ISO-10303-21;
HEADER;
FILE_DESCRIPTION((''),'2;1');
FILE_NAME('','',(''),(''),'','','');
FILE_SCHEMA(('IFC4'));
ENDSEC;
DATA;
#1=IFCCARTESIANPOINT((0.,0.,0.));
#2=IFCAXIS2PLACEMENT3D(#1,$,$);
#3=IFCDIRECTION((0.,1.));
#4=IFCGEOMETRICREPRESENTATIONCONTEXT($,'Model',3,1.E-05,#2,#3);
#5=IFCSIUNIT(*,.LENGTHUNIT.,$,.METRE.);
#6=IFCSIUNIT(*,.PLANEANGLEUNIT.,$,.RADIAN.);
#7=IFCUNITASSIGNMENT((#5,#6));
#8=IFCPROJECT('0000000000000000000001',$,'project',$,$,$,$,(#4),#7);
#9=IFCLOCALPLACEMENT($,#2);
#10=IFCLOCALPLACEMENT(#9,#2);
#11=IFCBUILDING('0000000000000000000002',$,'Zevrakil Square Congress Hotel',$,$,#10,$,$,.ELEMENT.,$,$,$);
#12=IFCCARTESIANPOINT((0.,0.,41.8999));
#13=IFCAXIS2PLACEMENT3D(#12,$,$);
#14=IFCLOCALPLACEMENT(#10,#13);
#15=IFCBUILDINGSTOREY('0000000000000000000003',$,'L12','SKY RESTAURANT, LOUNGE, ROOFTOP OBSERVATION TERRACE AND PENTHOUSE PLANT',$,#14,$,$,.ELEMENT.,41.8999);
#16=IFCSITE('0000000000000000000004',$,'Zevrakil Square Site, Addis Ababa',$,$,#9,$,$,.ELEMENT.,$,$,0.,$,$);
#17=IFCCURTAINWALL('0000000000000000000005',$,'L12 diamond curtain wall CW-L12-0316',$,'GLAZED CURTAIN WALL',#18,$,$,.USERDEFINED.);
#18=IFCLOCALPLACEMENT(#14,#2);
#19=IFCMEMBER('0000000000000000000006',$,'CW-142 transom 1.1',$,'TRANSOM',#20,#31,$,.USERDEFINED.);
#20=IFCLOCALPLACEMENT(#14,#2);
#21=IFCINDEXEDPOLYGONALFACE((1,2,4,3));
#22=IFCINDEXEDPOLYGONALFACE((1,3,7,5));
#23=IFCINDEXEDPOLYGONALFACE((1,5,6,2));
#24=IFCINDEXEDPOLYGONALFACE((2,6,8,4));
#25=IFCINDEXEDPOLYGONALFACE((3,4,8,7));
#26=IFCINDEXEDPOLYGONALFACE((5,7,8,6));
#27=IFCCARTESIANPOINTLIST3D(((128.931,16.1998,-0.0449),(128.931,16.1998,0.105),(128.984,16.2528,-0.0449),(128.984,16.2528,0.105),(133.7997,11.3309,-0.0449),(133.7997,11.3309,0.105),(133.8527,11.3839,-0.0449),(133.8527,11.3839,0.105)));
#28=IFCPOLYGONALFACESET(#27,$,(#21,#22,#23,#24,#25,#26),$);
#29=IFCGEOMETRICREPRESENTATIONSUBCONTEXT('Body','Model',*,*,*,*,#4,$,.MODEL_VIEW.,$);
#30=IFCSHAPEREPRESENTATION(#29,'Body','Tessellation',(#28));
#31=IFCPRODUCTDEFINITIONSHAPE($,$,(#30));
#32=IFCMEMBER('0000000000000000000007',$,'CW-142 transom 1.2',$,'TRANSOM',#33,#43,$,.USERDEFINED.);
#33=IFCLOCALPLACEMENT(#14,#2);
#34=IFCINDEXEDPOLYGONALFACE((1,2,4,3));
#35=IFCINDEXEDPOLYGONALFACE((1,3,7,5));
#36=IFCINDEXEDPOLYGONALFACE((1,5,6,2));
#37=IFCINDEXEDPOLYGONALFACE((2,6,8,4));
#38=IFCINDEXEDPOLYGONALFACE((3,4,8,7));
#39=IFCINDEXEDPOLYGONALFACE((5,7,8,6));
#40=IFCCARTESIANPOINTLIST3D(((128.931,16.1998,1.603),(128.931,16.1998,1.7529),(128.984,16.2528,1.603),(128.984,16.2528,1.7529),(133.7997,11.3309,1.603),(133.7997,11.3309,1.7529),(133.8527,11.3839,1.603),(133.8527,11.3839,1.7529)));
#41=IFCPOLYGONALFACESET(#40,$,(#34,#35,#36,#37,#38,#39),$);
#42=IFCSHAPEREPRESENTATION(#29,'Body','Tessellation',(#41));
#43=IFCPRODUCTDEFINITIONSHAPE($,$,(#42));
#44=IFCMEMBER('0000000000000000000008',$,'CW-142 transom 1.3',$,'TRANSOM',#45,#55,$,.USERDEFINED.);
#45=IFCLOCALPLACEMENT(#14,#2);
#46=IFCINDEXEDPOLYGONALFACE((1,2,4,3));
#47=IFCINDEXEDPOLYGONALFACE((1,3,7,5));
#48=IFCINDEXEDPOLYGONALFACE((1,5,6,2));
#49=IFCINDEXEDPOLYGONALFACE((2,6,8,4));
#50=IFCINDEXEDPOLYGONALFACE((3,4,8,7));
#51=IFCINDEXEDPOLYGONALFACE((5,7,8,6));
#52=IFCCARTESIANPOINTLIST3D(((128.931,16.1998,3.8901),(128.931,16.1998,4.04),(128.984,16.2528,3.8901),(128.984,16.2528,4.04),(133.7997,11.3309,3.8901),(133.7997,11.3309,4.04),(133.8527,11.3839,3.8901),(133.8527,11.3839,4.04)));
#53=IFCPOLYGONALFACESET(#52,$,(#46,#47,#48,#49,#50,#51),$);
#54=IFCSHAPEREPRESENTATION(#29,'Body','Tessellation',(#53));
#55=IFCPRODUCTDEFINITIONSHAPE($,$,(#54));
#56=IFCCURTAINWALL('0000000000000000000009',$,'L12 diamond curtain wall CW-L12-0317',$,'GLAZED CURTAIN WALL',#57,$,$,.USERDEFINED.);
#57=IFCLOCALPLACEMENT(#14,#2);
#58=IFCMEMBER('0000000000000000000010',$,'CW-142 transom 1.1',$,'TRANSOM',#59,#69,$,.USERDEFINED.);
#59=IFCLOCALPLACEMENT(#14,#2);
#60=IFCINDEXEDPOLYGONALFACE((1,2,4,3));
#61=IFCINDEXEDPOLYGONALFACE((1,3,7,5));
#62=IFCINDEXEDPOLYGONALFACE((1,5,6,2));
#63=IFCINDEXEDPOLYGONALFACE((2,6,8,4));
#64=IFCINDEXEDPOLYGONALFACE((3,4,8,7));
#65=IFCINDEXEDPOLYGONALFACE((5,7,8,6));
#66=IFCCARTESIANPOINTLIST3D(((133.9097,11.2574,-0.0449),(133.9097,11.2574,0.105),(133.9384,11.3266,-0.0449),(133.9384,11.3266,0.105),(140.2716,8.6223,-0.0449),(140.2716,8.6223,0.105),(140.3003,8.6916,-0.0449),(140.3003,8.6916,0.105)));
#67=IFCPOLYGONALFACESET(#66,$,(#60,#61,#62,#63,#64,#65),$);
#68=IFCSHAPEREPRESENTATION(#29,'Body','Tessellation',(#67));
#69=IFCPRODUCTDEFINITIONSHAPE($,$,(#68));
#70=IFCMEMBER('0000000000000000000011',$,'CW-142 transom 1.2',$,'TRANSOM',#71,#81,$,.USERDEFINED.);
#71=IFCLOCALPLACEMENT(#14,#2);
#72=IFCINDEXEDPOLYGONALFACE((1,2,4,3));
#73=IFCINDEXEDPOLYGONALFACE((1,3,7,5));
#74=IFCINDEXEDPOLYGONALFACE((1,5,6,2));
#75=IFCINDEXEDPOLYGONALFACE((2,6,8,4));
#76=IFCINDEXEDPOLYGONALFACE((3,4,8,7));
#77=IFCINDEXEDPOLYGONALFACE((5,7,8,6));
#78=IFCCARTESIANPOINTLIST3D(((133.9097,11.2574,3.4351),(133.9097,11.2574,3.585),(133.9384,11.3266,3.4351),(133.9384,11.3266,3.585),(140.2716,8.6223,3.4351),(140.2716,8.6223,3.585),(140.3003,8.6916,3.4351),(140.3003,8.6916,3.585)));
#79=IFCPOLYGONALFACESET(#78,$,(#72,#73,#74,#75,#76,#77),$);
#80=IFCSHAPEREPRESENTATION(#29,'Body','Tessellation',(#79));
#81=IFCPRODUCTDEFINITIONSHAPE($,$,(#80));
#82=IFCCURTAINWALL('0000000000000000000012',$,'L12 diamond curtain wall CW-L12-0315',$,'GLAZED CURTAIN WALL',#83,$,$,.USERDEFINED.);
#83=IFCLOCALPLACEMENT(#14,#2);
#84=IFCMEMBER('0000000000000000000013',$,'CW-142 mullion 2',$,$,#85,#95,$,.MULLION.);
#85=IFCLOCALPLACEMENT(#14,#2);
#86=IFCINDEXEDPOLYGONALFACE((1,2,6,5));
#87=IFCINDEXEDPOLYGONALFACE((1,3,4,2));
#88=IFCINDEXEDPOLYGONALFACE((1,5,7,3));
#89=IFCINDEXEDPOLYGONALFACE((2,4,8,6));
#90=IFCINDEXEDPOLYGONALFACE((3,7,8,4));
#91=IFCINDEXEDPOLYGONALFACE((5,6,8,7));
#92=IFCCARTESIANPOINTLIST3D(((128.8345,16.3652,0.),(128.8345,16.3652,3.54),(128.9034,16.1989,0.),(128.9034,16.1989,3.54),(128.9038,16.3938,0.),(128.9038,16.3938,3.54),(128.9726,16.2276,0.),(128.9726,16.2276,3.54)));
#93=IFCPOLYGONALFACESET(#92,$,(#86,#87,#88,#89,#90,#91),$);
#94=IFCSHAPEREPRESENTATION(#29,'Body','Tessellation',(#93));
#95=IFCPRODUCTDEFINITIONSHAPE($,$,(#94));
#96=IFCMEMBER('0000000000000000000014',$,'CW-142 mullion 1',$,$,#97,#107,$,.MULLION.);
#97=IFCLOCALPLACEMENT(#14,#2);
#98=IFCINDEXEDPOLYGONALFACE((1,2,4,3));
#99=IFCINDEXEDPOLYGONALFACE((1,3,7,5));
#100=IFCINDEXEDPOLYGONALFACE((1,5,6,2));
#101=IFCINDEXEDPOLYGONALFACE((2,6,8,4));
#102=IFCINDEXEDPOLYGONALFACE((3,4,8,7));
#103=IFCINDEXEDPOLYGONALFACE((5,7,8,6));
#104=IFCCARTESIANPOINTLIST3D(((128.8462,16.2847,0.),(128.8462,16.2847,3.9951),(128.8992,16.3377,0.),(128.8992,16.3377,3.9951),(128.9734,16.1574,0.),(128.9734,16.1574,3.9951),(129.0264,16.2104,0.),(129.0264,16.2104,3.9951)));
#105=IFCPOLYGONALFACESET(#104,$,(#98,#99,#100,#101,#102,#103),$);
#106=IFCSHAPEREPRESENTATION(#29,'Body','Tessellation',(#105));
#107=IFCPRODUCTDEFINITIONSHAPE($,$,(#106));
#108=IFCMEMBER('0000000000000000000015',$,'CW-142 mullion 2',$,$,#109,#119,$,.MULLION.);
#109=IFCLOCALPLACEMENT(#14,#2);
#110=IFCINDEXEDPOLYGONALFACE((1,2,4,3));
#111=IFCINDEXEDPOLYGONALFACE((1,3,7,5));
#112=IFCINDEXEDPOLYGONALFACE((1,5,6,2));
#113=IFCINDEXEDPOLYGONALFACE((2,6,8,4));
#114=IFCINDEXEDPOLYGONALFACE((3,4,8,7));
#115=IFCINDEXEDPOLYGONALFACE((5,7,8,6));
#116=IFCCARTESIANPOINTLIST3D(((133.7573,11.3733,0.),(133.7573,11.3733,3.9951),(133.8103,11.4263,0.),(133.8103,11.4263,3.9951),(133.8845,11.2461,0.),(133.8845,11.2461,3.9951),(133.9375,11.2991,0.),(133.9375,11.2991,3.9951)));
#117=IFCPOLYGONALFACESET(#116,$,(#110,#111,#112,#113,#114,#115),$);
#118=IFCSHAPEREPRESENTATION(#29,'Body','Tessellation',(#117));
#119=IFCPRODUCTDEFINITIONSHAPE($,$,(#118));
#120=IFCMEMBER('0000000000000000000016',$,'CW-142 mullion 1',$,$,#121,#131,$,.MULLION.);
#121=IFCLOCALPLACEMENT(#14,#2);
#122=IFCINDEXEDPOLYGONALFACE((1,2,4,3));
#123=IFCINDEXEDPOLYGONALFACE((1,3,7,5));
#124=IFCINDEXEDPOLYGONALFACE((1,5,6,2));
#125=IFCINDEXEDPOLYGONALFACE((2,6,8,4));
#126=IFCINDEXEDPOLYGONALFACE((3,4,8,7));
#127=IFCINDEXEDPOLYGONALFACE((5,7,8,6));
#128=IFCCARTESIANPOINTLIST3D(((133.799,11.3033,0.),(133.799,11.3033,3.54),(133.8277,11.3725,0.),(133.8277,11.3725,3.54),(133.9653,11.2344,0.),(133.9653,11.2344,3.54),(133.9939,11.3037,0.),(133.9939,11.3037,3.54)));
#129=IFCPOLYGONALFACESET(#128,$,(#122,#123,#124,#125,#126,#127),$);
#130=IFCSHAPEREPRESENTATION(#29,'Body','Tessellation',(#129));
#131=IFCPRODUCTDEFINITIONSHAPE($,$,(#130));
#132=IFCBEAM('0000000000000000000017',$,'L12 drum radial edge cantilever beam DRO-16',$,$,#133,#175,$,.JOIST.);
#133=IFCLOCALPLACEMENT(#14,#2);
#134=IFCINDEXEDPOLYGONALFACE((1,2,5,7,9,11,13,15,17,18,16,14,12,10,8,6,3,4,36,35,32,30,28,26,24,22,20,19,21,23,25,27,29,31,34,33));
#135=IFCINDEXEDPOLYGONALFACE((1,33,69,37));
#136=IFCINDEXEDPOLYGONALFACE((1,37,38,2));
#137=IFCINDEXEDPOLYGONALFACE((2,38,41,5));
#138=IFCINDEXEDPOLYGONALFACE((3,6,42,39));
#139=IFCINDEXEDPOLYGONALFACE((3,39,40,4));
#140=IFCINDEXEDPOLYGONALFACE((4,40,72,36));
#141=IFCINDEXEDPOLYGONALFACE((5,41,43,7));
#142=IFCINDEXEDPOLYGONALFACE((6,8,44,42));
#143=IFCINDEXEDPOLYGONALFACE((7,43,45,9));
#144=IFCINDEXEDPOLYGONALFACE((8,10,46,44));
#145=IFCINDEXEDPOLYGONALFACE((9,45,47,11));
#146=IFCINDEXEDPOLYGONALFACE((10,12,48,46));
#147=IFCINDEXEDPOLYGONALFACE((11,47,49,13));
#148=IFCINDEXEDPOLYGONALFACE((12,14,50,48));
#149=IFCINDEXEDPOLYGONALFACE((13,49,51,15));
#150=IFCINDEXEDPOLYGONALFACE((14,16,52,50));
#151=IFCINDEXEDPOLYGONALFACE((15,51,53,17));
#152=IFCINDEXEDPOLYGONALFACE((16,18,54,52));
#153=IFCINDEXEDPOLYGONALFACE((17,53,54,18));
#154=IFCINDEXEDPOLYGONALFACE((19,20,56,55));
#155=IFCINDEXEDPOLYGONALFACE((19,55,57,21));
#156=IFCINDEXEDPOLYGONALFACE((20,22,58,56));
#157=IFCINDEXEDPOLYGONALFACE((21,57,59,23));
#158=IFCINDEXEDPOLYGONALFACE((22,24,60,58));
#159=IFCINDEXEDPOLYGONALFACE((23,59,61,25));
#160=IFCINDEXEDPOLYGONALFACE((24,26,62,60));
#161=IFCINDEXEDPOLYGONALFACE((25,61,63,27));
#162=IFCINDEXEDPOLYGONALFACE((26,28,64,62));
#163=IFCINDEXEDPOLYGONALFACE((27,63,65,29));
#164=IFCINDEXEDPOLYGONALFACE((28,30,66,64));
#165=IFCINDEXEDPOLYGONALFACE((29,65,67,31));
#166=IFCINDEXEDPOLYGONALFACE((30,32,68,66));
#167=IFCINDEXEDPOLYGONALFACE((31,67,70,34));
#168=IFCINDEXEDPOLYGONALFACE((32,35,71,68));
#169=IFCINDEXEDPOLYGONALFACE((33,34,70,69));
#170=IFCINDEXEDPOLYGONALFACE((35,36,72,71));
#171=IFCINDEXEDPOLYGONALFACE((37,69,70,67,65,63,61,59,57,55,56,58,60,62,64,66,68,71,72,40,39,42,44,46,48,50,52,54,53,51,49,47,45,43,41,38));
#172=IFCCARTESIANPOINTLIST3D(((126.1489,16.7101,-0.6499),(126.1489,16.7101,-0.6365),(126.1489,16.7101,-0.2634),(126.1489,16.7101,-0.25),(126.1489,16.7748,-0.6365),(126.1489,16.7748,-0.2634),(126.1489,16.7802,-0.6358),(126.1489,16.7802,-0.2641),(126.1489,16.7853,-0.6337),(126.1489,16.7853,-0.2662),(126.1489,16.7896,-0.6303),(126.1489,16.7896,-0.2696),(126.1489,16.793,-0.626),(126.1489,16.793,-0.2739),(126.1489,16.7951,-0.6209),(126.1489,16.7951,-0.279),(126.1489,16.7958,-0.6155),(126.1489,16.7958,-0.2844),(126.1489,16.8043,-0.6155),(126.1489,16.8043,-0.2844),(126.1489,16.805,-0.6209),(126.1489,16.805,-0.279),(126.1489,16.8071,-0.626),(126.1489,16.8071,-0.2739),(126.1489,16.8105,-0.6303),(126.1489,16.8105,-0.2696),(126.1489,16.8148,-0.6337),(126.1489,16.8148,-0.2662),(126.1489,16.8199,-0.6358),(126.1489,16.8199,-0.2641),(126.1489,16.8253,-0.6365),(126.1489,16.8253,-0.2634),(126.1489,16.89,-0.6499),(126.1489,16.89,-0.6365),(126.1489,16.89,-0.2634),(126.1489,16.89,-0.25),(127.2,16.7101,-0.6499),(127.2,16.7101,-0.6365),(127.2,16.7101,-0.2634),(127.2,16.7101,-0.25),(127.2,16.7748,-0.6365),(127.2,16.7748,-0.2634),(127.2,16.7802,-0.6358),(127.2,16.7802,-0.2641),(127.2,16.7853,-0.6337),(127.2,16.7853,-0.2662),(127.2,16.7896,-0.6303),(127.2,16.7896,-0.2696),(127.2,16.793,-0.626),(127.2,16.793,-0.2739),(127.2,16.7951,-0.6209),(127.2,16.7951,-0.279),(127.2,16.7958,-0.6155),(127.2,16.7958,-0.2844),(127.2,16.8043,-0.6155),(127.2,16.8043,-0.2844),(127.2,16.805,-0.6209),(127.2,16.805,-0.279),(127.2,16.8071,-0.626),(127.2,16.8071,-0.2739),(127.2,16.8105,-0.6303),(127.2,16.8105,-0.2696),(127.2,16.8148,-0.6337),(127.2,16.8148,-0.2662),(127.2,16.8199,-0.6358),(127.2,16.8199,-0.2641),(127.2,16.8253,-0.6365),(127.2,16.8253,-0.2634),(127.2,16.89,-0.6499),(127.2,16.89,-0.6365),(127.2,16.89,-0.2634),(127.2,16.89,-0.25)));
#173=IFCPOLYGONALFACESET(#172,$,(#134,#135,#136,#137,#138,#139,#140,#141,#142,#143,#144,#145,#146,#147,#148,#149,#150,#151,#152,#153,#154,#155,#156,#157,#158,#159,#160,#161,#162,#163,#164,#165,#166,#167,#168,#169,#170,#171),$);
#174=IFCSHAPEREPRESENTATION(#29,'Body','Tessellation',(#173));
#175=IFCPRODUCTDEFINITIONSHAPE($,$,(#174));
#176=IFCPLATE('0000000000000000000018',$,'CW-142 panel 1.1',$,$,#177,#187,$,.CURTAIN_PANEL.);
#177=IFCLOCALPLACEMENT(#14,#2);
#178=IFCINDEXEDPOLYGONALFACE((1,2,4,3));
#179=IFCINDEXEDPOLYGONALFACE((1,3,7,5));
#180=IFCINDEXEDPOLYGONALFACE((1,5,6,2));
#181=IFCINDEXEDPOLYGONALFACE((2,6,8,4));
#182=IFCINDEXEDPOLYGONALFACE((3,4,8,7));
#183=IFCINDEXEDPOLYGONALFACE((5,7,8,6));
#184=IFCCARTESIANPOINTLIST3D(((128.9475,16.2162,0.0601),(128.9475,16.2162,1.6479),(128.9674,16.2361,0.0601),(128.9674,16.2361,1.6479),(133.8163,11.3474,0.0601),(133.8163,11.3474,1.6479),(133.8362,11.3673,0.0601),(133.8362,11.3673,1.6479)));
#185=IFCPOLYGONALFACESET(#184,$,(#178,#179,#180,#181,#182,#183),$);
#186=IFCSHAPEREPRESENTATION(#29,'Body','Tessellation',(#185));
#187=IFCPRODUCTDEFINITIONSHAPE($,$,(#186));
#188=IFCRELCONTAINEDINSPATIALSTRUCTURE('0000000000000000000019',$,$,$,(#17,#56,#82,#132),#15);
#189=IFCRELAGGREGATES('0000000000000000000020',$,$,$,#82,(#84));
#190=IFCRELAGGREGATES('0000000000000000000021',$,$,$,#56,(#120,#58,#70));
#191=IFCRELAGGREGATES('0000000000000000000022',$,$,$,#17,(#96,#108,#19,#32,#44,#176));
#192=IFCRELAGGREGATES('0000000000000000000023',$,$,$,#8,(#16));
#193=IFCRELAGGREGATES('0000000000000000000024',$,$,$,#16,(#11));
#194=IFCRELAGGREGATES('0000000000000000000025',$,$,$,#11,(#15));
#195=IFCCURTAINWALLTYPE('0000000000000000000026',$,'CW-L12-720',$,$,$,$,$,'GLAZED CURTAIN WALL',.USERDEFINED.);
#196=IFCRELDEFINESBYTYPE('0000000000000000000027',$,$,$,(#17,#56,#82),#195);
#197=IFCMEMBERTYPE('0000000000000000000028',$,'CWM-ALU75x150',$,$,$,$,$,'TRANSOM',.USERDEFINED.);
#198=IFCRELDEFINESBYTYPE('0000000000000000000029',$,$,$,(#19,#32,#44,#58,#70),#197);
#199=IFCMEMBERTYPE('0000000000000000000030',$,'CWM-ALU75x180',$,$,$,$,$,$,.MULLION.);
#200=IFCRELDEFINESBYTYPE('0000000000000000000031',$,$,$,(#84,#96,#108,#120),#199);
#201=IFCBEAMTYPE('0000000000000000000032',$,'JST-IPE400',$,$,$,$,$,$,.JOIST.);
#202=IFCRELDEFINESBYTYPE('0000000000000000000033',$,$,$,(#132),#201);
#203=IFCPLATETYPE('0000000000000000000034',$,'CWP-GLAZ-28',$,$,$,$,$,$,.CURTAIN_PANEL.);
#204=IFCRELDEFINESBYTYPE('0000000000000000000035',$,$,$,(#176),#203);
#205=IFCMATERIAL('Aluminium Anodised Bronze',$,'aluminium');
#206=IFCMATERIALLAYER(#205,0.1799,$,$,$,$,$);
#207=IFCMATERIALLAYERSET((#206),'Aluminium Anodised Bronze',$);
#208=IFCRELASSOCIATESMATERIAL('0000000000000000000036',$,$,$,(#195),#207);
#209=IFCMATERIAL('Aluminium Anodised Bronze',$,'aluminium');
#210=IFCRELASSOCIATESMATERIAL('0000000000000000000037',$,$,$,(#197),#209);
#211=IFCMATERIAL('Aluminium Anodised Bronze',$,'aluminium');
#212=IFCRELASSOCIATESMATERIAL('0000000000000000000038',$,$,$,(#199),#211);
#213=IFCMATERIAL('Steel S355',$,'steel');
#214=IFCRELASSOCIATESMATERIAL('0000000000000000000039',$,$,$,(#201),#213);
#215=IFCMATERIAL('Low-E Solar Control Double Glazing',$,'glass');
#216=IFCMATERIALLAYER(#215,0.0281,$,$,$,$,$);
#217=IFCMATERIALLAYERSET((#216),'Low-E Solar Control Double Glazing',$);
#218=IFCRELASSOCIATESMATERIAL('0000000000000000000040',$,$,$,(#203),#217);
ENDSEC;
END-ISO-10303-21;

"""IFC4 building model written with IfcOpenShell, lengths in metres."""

from ifc_helpers import new_model, si_unit, direction, frame, origin, origin_2d, place, context, subcontext, project, spatial, rectangle, i_section, extrude, material, layer, layer_set, material_profile, profile_set, type_object, element, aggregate, save


model = new_model("IFC4")

# Units and contexts
model_context = context("Model", 3, precision=1e-05, world=origin(), true_north=direction((0.0, 1.0)))
body_context = subcontext(model_context, "Body", "Model", "MODEL_VIEW")
ifc_project = project(units=[si_unit("LENGTHUNIT", "METRE"), si_unit("PLANEANGLEUNIT", "RADIAN")], contexts=[model_context])

# Site, building, storey
site_placement = place(None, origin())
site = spatial("IfcSite", under=ifc_project, at=site_placement, Name="Zevrakil Square Site, Addis Ababa", CompositionType="ELEMENT", RefElevation=0.0)
building_placement = place(site_placement, origin())
building = spatial("IfcBuilding", under=site, at=building_placement, Name="Zevrakil Square Congress Hotel", CompositionType="ELEMENT")
storey_placement = place(building_placement, frame((0.0, 0.0, 41.8999)))
storey = spatial("IfcBuildingStorey", under=building, at=storey_placement, Name="L12", Description="SKY RESTAURANT, LOUNGE, ROOFTOP OBSERVATION TERRACE AND PENTHOUSE PLANT", CompositionType="ELEMENT", Elevation=41.8999)

# Curtain walls, members
ifc_material_1 = material(Name="Aluminium Anodised Bronze", Category="aluminium")
ifc_layer_1 = layer(ifc_material_1, 0.1799)
ifc_layer_set_1 = layer_set([ifc_layer_1], Name="Aluminium Anodised Bronze")
curtain_wall_type = type_object("IfcCurtainWallType", Name="CW-L12-720", ElementType="GLAZED CURTAIN WALL", PredefinedType="USERDEFINED", material=ifc_layer_set_1)
curtain_wall_1_placement = place(storey_placement, origin())
curtain_wall_1 = element("IfcCurtainWall", 1, at=curtain_wall_1_placement, inside=storey, type_object=curtain_wall_type, Name="L12 diamond curtain wall CW-L12-0316", ObjectType="GLAZED CURTAIN WALL", PredefinedType="USERDEFINED")
ifc_material_2 = material(Name="Aluminium Anodised Bronze", Category="aluminium")
ifc_material_profile_1 = material_profile(ifc_material_2, rectangle(XDim=0.075, YDim=0.1499, at=origin_2d()), Name="ALU 75x150")
ifc_profile_set_1 = profile_set([ifc_material_profile_1], Name="Aluminium Anodised Bronze")
member_type_1 = type_object("IfcMemberType", Name="CWM-ALU75x150", ElementType="TRANSOM", PredefinedType="USERDEFINED", material=ifc_profile_set_1)
member_1_placement = place(storey_placement, frame((128.9575, 16.2263, 0.03), z_axis=(0.707089, -0.707125, 0.0), x_axis=(0.707125, 0.707089, 0.0)))
member_1 = element("IfcMember", 2, at=member_1_placement, type_object=member_type_1, Name="CW-142 transom 1.1", ObjectType="TRANSOM", PredefinedType="USERDEFINED", context=body_context, shape_type="SweptSolid", body=[
    extrude(rectangle(XDim=0.075, YDim=0.1499, at=origin_2d()), origin(), (0.0, 0.0, 1.0), 6.8855),
])
member_2_placement = place(storey_placement, frame((128.9575, 16.2263, 1.678), z_axis=(0.707089, -0.707125, 0.0), x_axis=(0.707125, 0.707089, 0.0)))
member_2 = element("IfcMember", 3, at=member_2_placement, type_object=member_type_1, Name="CW-142 transom 1.2", ObjectType="TRANSOM", PredefinedType="USERDEFINED", context=body_context, shape_type="SweptSolid", body=[
    extrude(rectangle(XDim=0.075, YDim=0.1499, at=origin_2d()), origin(), (0.0, 0.0, 1.0), 6.8855),
])
member_3_placement = place(storey_placement, frame((128.9575, 16.2263, 3.9651), z_axis=(0.707089, -0.707125, 0.0), x_axis=(0.707125, 0.707089, 0.0)))
member_3 = element("IfcMember", 4, at=member_3_placement, type_object=member_type_1, Name="CW-142 transom 1.3", ObjectType="TRANSOM", PredefinedType="USERDEFINED", context=body_context, shape_type="SweptSolid", body=[
    extrude(rectangle(XDim=0.075, YDim=0.1499, at=origin_2d()), origin(), (0.0, 0.0, 1.0), 6.8855),
])
curtain_wall_2_placement = place(storey_placement, origin())
curtain_wall_2 = element("IfcCurtainWall", 5, at=curtain_wall_2_placement, inside=storey, type_object=curtain_wall_type, Name="L12 diamond curtain wall CW-L12-0317", ObjectType="GLAZED CURTAIN WALL", PredefinedType="USERDEFINED")
member_4_placement = place(storey_placement, frame((133.9241, 11.292, 0.03), z_axis=(0.923887, -0.382666, 0.0), x_axis=(0.382666, 0.923887, 0.0)))
member_4 = element("IfcMember", 6, at=member_4_placement, type_object=member_type_1, Name="CW-142 transom 1.1", ObjectType="TRANSOM", PredefinedType="USERDEFINED", context=body_context, shape_type="SweptSolid", body=[
    extrude(rectangle(XDim=0.075, YDim=0.1499, at=origin_2d()), origin(), (0.0, 0.0, 1.0), 6.886),
])
member_5_placement = place(storey_placement, frame((133.9241, 11.292, 3.51), z_axis=(0.923887, -0.382666, 0.0), x_axis=(0.382666, 0.923887, 0.0)))
member_5 = element("IfcMember", 7, at=member_5_placement, type_object=member_type_1, Name="CW-142 transom 1.2", ObjectType="TRANSOM", PredefinedType="USERDEFINED", context=body_context, shape_type="SweptSolid", body=[
    extrude(rectangle(XDim=0.075, YDim=0.1499, at=origin_2d()), origin(), (0.0, 0.0, 1.0), 6.886),
])

# Curtain wall, member
curtain_wall_3_placement = place(storey_placement, origin())
curtain_wall_3 = element("IfcCurtainWall", 8, at=curtain_wall_3_placement, inside=storey, type_object=curtain_wall_type, Name="L12 diamond curtain wall CW-L12-0315", ObjectType="GLAZED CURTAIN WALL", PredefinedType="USERDEFINED")
ifc_material_3 = material(Name="Aluminium Anodised Bronze", Category="aluminium")
ifc_material_profile_2 = material_profile(ifc_material_3, rectangle(XDim=0.075, YDim=0.1799, at=origin_2d()), Name="ALU 75x180")
ifc_profile_set_2 = profile_set([ifc_material_profile_2], Name="Aluminium Anodised Bronze")
member_type_2 = type_object("IfcMemberType", Name="CWM-ALU75x180", PredefinedType="MULLION", material=ifc_profile_set_2)
member_6_placement = place(storey_placement, frame((128.9036, 16.2964, 0.0), z_axis=(0.0, 0.0, 1.0), x_axis=(0.923879, 0.382684, 0.0)))
member_6 = element("IfcMember", 9, at=member_6_placement, type_object=member_type_2, Name="CW-142 mullion 2", PredefinedType="MULLION", context=body_context, shape_type="SweptSolid", body=[
    extrude(rectangle(XDim=0.075, YDim=0.1799, at=origin_2d()), origin(), (0.0, 0.0, 1.0), 3.54),
])
aggregate(curtain_wall_3, [member_6])

# Members
member_7_placement = place(storey_placement, frame((128.9363, 16.2476, 0.0), z_axis=(0.0, 0.0, 1.0), x_axis=(0.707107, 0.707107, 0.0)))
member_7 = element("IfcMember", 10, at=member_7_placement, type_object=member_type_2, Name="CW-142 mullion 1", PredefinedType="MULLION", context=body_context, shape_type="SweptSolid", body=[
    extrude(rectangle(XDim=0.075, YDim=0.1799, at=origin_2d()), origin(), (0.0, 0.0, 1.0), 3.9951),
])
member_8_placement = place(storey_placement, frame((133.8474, 11.3362, 0.0), z_axis=(0.0, 0.0, 1.0), x_axis=(0.707107, 0.707107, 0.0)))
member_8 = element("IfcMember", 11, at=member_8_placement, type_object=member_type_2, Name="CW-142 mullion 2", PredefinedType="MULLION", context=body_context, shape_type="SweptSolid", body=[
    extrude(rectangle(XDim=0.075, YDim=0.1799, at=origin_2d()), origin(), (0.0, 0.0, 1.0), 3.9951),
])
member_9_placement = place(storey_placement, frame((133.8965, 11.3035, 0.0), z_axis=(0.0, 0.0, 1.0), x_axis=(0.382684, 0.923879, 0.0)))
member_9 = element("IfcMember", 12, at=member_9_placement, type_object=member_type_2, Name="CW-142 mullion 1", PredefinedType="MULLION", context=body_context, shape_type="SweptSolid", body=[
    extrude(rectangle(XDim=0.075, YDim=0.1799, at=origin_2d()), origin(), (0.0, 0.0, 1.0), 3.54),
])
aggregate(curtain_wall_2, [member_9, member_4, member_5])

# Beam
ifc_material_4 = material(Name="Steel S355", Category="steel")
ifc_material_profile_3 = material_profile(ifc_material_4, i_section(OverallWidth=0.1799, OverallDepth=0.3999, WebThickness=0.0085, FlangeThickness=0.0134, FilletRadius=0.021, at=origin_2d()), Name="IPE 400")
ifc_profile_set_3 = profile_set([ifc_material_profile_3], Name="Steel S355")
beam_type = type_object("IfcBeamType", Name="JST-IPE400", PredefinedType="JOIST", material=ifc_profile_set_3)
beam_placement = place(storey_placement, frame((127.2, 16.8, -0.45), z_axis=(-1.0, 0.0, 0.0), x_axis=(0.0, -1.0, 0.0)))
element("IfcBeam", 13, at=beam_placement, inside=storey, type_object=beam_type, Name="L12 drum radial edge cantilever beam DRO-16", PredefinedType="JOIST", context=body_context, shape_type="SweptSolid", body=[
    extrude(i_section(OverallWidth=0.1799, OverallDepth=0.3999, WebThickness=0.0085, FlangeThickness=0.0134, FilletRadius=0.021, at=origin_2d()), origin(), (0.0, 0.0, 1.0), 1.051),
])

# Plate
ifc_material_5 = material(Name="Low-E Solar Control Double Glazing", Category="glass")
ifc_layer_2 = layer(ifc_material_5, 0.0281)
ifc_layer_set_2 = layer_set([ifc_layer_2], Name="Low-E Solar Control Double Glazing")
plate_type_1 = type_object("IfcPlateType", Name="CWP-GLAZ-28", PredefinedType="CURTAIN_PANEL", material=ifc_layer_set_2)
plate_1_placement = place(storey_placement, frame((131.3918, 13.7917, 0.0601), z_axis=(0.0, 0.0, 1.0), x_axis=(0.707107, -0.707107, 0.0)))
plate_1 = element("IfcPlate", 14, at=plate_1_placement, type_object=plate_type_1, Name="CW-142 panel 1.1", PredefinedType="CURTAIN_PANEL", context=body_context, shape_type="SweptSolid", body=[
    extrude(rectangle(XDim=6.8855, YDim=0.0281, at=origin_2d()), origin(), (0.0, 0.0, 1.0), 1.5879),
])
aggregate(curtain_wall_1, [member_7, member_8, member_1, member_2, member_3, plate_1])

save(model, "model.ifc")
